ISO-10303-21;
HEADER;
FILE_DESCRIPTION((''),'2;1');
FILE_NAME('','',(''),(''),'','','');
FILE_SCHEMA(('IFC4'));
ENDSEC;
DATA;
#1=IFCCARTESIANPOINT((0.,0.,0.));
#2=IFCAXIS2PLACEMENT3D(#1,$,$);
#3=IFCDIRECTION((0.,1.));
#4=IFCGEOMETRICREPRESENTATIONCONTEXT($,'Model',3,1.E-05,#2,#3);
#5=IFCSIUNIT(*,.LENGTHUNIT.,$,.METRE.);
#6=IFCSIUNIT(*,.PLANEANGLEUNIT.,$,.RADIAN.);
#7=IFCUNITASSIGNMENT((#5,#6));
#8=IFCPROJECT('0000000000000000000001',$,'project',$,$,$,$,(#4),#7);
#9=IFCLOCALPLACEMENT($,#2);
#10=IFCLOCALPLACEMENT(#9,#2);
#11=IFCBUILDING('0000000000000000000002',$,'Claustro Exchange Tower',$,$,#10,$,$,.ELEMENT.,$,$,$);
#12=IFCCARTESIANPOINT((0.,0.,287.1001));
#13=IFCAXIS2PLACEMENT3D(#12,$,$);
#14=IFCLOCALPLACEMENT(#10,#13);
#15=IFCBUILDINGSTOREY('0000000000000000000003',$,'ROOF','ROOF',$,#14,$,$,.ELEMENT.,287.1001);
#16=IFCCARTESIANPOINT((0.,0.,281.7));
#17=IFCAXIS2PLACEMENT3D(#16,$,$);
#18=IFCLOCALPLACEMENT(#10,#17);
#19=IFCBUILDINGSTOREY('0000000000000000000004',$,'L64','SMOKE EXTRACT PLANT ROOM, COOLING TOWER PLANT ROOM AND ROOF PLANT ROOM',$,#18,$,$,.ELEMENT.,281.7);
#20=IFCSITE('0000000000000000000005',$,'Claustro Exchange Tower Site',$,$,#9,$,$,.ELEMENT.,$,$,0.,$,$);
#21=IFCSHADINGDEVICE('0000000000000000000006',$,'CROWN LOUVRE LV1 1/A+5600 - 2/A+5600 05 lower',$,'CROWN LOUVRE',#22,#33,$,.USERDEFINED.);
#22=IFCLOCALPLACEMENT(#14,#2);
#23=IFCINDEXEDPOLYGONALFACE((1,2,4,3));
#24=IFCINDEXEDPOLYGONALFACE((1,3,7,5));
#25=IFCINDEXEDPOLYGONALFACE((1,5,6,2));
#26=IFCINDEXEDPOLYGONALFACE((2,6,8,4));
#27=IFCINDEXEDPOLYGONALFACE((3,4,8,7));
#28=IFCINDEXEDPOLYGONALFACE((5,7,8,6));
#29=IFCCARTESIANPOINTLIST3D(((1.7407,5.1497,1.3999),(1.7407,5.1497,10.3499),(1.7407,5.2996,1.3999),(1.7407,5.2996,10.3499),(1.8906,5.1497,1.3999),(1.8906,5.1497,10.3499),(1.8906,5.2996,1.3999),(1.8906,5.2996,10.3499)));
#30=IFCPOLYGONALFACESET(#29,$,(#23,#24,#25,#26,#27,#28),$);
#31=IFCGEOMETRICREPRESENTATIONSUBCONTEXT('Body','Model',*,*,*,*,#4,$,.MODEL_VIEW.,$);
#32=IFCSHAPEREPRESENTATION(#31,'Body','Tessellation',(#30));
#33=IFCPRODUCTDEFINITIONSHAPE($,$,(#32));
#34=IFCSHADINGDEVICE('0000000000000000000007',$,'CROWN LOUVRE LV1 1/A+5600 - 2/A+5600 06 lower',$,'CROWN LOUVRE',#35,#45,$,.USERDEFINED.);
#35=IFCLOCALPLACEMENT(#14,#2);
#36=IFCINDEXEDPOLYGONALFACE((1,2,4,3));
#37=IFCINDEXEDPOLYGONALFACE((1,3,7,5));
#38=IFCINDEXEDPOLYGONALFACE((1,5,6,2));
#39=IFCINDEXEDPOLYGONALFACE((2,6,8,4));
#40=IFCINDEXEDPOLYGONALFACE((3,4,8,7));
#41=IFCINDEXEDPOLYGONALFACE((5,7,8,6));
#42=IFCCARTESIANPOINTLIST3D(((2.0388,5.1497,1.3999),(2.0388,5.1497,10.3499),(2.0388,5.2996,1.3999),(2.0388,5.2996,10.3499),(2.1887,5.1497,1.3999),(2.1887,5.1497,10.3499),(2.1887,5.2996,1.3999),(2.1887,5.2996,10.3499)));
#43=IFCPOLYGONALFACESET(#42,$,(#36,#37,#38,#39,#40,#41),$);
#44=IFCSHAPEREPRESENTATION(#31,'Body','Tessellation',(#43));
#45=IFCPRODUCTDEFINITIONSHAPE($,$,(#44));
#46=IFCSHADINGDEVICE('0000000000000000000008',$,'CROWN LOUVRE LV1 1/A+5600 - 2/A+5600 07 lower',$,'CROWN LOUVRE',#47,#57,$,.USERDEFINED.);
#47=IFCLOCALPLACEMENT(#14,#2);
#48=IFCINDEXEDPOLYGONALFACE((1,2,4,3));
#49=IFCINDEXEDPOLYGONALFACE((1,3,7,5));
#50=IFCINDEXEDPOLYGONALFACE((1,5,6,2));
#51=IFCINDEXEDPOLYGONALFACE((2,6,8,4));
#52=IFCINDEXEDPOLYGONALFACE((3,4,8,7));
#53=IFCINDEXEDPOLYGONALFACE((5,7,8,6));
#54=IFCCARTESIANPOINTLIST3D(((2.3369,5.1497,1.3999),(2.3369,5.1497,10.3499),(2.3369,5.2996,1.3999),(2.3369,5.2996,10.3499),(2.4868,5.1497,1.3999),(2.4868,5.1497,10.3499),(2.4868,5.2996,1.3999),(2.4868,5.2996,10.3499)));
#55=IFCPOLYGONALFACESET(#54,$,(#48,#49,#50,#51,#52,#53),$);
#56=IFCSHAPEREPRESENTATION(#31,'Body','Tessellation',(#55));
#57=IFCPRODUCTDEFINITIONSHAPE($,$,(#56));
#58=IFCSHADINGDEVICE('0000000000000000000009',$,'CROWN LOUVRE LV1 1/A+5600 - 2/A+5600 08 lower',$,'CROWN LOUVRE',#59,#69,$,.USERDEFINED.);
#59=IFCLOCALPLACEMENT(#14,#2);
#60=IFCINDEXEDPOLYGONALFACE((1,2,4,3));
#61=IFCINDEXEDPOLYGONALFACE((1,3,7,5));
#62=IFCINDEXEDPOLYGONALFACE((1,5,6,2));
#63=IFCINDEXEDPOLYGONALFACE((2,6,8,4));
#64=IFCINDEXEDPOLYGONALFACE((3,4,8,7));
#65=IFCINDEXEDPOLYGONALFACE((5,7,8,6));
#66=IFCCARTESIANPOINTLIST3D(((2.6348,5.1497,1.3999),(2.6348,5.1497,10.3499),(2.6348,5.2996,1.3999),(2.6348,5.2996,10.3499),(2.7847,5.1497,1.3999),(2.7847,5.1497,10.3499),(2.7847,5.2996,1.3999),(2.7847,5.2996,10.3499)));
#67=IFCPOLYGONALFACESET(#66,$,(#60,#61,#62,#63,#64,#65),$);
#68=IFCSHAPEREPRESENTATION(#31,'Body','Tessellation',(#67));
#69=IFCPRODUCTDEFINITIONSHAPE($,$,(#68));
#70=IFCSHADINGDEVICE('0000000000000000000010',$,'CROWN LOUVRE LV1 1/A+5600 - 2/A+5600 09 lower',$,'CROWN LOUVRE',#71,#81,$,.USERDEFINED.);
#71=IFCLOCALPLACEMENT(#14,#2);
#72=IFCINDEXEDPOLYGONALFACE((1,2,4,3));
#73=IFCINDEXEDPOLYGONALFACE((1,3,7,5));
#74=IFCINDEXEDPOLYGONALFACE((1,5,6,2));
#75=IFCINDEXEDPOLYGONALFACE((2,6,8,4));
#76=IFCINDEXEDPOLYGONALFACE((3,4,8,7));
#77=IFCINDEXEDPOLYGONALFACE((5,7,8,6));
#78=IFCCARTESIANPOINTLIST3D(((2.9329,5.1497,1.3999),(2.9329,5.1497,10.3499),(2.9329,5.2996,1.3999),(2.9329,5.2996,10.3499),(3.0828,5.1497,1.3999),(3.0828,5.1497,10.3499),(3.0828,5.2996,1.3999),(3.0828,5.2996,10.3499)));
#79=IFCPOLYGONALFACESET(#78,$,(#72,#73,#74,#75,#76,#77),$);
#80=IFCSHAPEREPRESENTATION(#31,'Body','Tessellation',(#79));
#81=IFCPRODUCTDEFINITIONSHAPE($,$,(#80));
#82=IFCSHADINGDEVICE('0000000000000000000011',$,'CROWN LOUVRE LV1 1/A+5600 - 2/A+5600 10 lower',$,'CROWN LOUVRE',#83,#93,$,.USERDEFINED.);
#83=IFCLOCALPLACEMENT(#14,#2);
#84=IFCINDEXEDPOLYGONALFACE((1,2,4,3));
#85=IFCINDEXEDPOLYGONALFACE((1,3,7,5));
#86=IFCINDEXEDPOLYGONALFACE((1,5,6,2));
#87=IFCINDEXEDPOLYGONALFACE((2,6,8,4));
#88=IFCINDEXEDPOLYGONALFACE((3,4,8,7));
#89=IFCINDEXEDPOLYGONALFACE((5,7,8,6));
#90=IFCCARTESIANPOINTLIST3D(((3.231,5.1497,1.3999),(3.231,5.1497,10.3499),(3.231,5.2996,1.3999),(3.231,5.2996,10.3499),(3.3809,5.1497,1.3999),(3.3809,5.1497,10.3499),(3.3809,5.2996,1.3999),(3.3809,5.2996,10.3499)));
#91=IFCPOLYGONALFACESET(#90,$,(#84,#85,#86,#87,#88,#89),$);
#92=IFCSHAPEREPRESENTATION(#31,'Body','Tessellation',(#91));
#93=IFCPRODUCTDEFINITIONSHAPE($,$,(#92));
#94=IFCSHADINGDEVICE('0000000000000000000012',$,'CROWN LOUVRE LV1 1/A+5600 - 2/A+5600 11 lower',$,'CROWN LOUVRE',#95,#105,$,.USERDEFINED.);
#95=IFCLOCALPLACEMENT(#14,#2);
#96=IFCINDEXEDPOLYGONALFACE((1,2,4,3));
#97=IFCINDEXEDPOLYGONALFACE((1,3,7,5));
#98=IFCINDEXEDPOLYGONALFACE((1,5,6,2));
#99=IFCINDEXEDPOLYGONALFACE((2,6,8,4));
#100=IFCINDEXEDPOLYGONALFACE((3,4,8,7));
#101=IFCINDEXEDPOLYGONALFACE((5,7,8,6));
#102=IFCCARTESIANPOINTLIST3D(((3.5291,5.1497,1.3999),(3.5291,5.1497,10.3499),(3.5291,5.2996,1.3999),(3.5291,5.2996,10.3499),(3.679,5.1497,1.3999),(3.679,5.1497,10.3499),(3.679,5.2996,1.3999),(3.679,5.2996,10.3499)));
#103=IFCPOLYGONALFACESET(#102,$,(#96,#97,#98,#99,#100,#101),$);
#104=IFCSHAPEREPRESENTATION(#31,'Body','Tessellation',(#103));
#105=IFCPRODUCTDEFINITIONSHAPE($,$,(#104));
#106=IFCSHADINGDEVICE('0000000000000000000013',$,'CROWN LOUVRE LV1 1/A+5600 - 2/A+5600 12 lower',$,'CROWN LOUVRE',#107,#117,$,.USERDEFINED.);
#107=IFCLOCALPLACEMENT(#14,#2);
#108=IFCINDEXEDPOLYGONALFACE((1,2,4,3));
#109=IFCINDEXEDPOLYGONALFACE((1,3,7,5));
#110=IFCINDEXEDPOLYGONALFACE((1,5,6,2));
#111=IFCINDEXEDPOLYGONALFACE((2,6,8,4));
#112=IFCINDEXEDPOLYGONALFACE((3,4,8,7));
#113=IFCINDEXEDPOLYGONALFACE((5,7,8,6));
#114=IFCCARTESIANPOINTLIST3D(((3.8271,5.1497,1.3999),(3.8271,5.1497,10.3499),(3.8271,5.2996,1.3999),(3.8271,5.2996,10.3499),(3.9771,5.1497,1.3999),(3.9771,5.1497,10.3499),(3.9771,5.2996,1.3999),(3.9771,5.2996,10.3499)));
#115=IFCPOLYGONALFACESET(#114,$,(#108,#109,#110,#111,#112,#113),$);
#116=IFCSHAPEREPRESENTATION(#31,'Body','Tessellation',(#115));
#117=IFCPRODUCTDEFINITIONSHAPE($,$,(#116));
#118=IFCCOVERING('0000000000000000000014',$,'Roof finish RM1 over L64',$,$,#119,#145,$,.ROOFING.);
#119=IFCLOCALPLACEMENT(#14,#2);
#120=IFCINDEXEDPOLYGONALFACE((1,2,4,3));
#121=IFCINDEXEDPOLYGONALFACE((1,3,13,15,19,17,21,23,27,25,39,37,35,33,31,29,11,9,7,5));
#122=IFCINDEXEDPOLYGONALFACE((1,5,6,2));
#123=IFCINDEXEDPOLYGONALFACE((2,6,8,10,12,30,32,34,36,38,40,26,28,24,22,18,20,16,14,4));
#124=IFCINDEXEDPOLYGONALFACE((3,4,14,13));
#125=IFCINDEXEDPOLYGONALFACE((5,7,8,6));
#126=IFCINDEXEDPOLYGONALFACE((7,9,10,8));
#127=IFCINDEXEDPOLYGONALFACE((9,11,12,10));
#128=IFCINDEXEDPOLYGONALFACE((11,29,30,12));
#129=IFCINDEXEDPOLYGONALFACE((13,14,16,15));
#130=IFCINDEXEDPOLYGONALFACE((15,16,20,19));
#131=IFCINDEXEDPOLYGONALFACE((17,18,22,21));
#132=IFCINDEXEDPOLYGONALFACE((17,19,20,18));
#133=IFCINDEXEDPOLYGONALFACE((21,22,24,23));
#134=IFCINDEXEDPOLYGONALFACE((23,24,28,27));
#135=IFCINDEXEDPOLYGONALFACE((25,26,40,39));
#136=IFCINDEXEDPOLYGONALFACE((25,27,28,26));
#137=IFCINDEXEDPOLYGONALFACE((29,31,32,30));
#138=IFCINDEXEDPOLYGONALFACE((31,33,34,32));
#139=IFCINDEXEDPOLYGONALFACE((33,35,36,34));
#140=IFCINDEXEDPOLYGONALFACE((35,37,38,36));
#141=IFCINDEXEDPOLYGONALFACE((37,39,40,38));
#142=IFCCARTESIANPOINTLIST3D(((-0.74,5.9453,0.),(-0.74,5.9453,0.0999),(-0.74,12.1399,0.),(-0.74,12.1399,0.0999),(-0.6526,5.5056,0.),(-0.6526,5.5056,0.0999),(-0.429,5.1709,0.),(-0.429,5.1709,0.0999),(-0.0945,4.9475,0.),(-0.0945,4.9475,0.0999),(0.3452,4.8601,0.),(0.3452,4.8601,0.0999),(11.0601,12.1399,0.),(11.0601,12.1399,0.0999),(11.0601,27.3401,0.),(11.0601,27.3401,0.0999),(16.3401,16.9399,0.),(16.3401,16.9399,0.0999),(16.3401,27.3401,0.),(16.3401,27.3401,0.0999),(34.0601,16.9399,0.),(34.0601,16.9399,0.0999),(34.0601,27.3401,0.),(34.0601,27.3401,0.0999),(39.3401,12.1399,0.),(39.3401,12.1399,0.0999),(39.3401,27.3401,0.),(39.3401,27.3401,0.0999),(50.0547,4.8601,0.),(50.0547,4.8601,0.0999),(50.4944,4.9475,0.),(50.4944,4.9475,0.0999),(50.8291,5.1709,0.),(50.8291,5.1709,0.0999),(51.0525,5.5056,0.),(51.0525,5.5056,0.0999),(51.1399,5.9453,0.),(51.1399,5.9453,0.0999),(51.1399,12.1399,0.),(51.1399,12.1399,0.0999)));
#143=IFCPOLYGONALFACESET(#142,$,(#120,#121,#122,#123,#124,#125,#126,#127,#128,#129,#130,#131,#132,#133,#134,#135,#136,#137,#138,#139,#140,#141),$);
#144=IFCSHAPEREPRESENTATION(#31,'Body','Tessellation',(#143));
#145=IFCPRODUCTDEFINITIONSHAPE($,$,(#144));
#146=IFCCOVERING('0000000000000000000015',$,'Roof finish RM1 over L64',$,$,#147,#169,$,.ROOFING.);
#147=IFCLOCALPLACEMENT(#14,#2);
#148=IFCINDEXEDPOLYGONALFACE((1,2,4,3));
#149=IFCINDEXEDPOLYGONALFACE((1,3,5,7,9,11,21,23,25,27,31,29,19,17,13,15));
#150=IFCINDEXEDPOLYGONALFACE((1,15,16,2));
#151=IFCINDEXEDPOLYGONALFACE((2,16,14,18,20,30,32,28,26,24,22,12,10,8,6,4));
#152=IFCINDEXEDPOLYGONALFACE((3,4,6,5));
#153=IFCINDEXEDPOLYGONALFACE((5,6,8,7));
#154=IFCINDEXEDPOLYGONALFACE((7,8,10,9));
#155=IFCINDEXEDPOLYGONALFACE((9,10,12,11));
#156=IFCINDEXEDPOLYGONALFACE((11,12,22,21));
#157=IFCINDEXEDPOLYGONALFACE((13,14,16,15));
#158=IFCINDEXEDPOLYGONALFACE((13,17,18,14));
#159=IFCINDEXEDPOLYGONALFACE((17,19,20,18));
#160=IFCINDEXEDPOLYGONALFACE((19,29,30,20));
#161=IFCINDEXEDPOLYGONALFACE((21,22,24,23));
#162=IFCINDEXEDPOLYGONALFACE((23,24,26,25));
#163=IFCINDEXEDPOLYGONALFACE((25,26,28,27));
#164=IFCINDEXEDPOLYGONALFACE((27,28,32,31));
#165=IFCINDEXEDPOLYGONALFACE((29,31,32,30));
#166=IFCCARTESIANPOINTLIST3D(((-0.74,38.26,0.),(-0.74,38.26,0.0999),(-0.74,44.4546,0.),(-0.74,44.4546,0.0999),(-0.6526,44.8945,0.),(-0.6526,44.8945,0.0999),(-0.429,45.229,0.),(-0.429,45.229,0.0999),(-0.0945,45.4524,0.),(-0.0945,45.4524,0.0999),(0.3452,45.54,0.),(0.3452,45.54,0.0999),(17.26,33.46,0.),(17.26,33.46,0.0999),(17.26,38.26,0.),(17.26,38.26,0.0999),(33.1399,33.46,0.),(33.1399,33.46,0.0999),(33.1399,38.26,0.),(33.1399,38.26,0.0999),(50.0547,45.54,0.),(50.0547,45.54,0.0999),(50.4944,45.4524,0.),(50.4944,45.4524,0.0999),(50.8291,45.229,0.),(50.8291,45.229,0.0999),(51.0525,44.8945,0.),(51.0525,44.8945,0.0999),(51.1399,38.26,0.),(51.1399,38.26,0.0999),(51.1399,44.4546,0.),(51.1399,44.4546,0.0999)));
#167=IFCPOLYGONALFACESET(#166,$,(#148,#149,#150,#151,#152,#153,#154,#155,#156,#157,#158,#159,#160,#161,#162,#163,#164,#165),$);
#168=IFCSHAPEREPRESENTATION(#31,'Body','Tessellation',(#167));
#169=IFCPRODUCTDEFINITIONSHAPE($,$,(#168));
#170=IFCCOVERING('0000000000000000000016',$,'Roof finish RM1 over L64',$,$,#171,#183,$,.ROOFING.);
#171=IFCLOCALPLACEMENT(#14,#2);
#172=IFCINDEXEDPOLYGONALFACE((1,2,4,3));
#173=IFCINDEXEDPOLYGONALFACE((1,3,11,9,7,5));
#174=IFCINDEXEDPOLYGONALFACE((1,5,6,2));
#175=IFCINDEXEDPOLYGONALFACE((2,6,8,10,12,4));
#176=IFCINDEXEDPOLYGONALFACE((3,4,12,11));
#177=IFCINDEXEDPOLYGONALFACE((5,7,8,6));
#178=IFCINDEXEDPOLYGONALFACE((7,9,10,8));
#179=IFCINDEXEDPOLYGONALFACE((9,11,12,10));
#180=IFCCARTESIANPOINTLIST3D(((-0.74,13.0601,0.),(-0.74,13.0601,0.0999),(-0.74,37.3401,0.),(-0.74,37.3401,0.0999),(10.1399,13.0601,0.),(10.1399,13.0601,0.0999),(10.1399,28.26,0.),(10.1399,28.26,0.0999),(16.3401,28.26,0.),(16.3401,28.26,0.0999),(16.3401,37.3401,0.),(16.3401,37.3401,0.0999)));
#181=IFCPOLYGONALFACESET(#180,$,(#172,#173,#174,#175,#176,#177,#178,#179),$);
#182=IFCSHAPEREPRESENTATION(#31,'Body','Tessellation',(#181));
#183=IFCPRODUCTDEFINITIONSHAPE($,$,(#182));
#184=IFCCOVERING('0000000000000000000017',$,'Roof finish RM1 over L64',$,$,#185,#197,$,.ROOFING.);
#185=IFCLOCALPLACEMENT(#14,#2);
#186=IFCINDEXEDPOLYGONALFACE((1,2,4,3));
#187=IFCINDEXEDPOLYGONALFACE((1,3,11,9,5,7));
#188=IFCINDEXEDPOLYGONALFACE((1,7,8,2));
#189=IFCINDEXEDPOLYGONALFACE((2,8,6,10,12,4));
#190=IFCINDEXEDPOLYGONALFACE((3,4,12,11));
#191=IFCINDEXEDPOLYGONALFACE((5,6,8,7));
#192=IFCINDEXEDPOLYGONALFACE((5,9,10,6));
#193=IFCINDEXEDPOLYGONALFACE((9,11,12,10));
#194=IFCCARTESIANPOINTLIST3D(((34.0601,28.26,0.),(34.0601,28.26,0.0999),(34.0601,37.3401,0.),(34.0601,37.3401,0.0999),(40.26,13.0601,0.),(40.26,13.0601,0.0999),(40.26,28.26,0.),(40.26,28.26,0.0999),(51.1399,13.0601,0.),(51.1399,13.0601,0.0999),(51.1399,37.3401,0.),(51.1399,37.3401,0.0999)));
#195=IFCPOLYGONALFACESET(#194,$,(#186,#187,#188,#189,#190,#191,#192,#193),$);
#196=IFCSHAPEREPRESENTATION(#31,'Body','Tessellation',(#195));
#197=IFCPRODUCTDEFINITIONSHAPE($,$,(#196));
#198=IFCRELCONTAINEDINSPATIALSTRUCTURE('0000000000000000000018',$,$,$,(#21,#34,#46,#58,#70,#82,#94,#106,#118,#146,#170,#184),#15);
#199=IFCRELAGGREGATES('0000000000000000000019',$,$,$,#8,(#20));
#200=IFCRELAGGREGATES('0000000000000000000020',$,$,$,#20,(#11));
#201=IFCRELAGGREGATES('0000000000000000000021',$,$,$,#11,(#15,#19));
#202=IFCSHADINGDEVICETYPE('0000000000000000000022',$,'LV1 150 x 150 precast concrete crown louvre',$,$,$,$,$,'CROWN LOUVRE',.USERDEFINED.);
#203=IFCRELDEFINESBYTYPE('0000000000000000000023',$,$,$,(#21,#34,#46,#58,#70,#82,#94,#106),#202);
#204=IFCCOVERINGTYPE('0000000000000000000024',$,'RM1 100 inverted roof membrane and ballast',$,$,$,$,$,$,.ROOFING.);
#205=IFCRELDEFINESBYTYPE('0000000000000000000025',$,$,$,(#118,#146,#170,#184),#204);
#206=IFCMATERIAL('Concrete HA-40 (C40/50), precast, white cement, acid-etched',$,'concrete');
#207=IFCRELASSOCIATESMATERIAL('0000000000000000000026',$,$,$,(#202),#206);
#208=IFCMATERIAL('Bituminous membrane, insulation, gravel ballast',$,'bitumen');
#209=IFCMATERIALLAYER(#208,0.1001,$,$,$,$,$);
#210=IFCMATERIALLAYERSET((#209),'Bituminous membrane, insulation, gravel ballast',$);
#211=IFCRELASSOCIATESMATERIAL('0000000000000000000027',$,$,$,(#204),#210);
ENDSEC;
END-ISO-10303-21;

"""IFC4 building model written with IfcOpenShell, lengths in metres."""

from ifc_helpers import new_model, si_unit, direction, frame, origin, origin_2d, place, context, subcontext, project, spatial, polyline, rectangle, outline, extrude, material, layer, layer_set, type_object, element, save


model = new_model("IFC4")

# Units and contexts
model_context = context("Model", 3, precision=1e-05, world=origin(), true_north=direction((0.0, 1.0)))
body_context = subcontext(model_context, "Body", "Model", "MODEL_VIEW")
ifc_project = project(units=[si_unit("LENGTHUNIT", "METRE"), si_unit("PLANEANGLEUNIT", "RADIAN")], contexts=[model_context])

# Site, building, storey
site_placement = place(None, origin())
site = spatial("IfcSite", under=ifc_project, at=site_placement, Name="Claustro Exchange Tower Site", CompositionType="ELEMENT", RefElevation=0.0)
building_placement = place(site_placement, origin())
building = spatial("IfcBuilding", under=site, at=building_placement, Name="Claustro Exchange Tower", CompositionType="ELEMENT")
storey_1_placement = place(building_placement, frame((0.0, 0.0, 287.1001)))
storey_1 = spatial("IfcBuildingStorey", under=building, at=storey_1_placement, Name="ROOF", Description="ROOF", CompositionType="ELEMENT", Elevation=287.1001)

# Shared definitions
storey_2_placement = place(building_placement, frame((0.0, 0.0, 281.7)))
storey_2 = spatial("IfcBuildingStorey", under=building, at=storey_2_placement, Name="L64", Description="SMOKE EXTRACT PLANT ROOM, COOLING TOWER PLANT ROOM AND ROOF PLANT ROOM", CompositionType="ELEMENT", Elevation=281.7)

# Shading devices
ifc_material_1 = material(Name="Concrete HA-40 (C40/50), precast, white cement, acid-etched", Category="concrete")
shading_device_type = type_object("IfcShadingDeviceType", Name="LV1 150 x 150 precast concrete crown louvre", ElementType="CROWN LOUVRE", PredefinedType="USERDEFINED", material=ifc_material_1)
for number, where, z_axis, x_axis, name in (
    (1, (1.8157, 5.2246, 1.3999), (0.0, 0.0, 1.0), (1.0, 0.0, 0.0), "CROWN LOUVRE LV1 1/A+5600 - 2/A+5600 05 lower"),
    (2, (2.1138, 5.2246, 1.3999), (0.0, 0.0, 1.0), (1.0, 0.0, 0.0), "CROWN LOUVRE LV1 1/A+5600 - 2/A+5600 06 lower"),
    (3, (2.4119, 5.2246, 1.3999), (0.0, 0.0, 1.0), (1.0, 0.0, 0.0), "CROWN LOUVRE LV1 1/A+5600 - 2/A+5600 07 lower"),
    (4, (2.7097, 5.2246, 1.3999), (0.0, 0.0, 1.0), (1.0, 0.0, 0.0), "CROWN LOUVRE LV1 1/A+5600 - 2/A+5600 08 lower"),
    (5, (3.0078, 5.2246, 1.3999), (0.0, 0.0, 1.0), (1.0, 0.0, 0.0), "CROWN LOUVRE LV1 1/A+5600 - 2/A+5600 09 lower"),
    (6, (3.3059, 5.2246, 1.3999), (0.0, 0.0, 1.0), (1.0, 0.0, 0.0), "CROWN LOUVRE LV1 1/A+5600 - 2/A+5600 10 lower"),
    (7, (3.604, 5.2246, 1.3999), (0.0, 0.0, 1.0), (1.0, 0.0, 0.0), "CROWN LOUVRE LV1 1/A+5600 - 2/A+5600 11 lower"),
    (8, (3.9021, 5.2246, 1.3999), (0.0, 0.0, 1.0), (1.0, 0.0, 0.0), "CROWN LOUVRE LV1 1/A+5600 - 2/A+5600 12 lower"),
):
    element("IfcShadingDevice", number, at=place(storey_1_placement, frame(where, z_axis=z_axis, x_axis=x_axis)), inside=storey_1, type_object=shading_device_type, Name=name, ObjectType="CROWN LOUVRE", PredefinedType="USERDEFINED", context=body_context, shape_type="SweptSolid", body=[
        extrude(rectangle(XDim=0.1499, YDim=0.1499, at=origin_2d()), origin(), (0.0, 0.0, 1.0), 8.95),
    ])

# Coverings
ifc_material_2 = material(Name="Bituminous membrane, insulation, gravel ballast", Category="bitumen")
ifc_layer_1 = layer(ifc_material_2, 0.1001)
ifc_layer_set_1 = layer_set([ifc_layer_1], Name="Bituminous membrane, insulation, gravel ballast")
covering_type_1 = type_object("IfcCoveringType", Name="RM1 100 inverted roof membrane and ballast", PredefinedType="ROOFING", material=ifc_layer_set_1)
covering_1_placement = place(storey_1_placement, origin())
element("IfcCovering", 9, at=covering_1_placement, inside=storey_1, type_object=covering_type_1, Name="Roof finish RM1 over L64", PredefinedType="ROOFING", context=body_context, shape_type="SweptSolid", body=[
    extrude(outline(polyline([(-0.0945, 4.9475), (0.3452, 4.8601), (50.0547, 4.8601), (50.4944, 4.9475), (50.8291, 5.1709), (51.0525, 5.5056), (51.1399, 5.9453), (51.1399, 12.1399), (39.3401, 12.1399), (39.3401, 27.3401), (34.0601, 27.3401), (34.0601, 16.9399), (16.3401, 16.9399), (16.3401, 27.3401), (11.0601, 27.3401), (11.0601, 12.1399), (-0.74, 12.1399), (-0.74, 5.9453), (-0.6526, 5.5056), (-0.429, 5.1709), (-0.0945, 4.9475)])), origin(), (0.0, 0.0, 1.0), 0.0999),
])
covering_2_placement = place(storey_1_placement, origin())
element("IfcCovering", 10, at=covering_2_placement, inside=storey_1, type_object=covering_type_1, Name="Roof finish RM1 over L64", PredefinedType="ROOFING", context=body_context, shape_type="SweptSolid", body=[
    extrude(outline(polyline([(17.26, 38.26), (17.26, 33.46), (33.1399, 33.46), (33.1399, 38.26), (51.1399, 38.26), (51.1399, 44.4546), (51.0525, 44.8945), (50.8291, 45.229), (50.4944, 45.4524), (50.0547, 45.54), (0.3452, 45.54), (-0.0945, 45.4524), (-0.429, 45.229), (-0.6526, 44.8945), (-0.74, 44.4546), (-0.74, 38.26), (17.26, 38.26)])), origin(), (0.0, 0.0, 1.0), 0.0999),
])
covering_3_placement = place(storey_1_placement, origin())
element("IfcCovering", 11, at=covering_3_placement, inside=storey_1, type_object=covering_type_1, Name="Roof finish RM1 over L64", PredefinedType="ROOFING", context=body_context, shape_type="SweptSolid", body=[
    extrude(outline(polyline([(-0.74, 13.0601), (10.1399, 13.0601), (10.1399, 28.26), (16.3401, 28.26), (16.3401, 37.3401), (-0.74, 37.3401), (-0.74, 13.0601)])), origin(), (0.0, 0.0, 1.0), 0.0999),
])
covering_4_placement = place(storey_1_placement, origin())
element("IfcCovering", 12, at=covering_4_placement, inside=storey_1, type_object=covering_type_1, Name="Roof finish RM1 over L64", PredefinedType="ROOFING", context=body_context, shape_type="SweptSolid", body=[
    extrude(outline(polyline([(34.0601, 37.3401), (34.0601, 28.26), (40.26, 28.26), (40.26, 13.0601), (51.1399, 13.0601), (51.1399, 37.3401), (34.0601, 37.3401)])), origin(), (0.0, 0.0, 1.0), 0.0999),
])

save(model, "model.ifc")
